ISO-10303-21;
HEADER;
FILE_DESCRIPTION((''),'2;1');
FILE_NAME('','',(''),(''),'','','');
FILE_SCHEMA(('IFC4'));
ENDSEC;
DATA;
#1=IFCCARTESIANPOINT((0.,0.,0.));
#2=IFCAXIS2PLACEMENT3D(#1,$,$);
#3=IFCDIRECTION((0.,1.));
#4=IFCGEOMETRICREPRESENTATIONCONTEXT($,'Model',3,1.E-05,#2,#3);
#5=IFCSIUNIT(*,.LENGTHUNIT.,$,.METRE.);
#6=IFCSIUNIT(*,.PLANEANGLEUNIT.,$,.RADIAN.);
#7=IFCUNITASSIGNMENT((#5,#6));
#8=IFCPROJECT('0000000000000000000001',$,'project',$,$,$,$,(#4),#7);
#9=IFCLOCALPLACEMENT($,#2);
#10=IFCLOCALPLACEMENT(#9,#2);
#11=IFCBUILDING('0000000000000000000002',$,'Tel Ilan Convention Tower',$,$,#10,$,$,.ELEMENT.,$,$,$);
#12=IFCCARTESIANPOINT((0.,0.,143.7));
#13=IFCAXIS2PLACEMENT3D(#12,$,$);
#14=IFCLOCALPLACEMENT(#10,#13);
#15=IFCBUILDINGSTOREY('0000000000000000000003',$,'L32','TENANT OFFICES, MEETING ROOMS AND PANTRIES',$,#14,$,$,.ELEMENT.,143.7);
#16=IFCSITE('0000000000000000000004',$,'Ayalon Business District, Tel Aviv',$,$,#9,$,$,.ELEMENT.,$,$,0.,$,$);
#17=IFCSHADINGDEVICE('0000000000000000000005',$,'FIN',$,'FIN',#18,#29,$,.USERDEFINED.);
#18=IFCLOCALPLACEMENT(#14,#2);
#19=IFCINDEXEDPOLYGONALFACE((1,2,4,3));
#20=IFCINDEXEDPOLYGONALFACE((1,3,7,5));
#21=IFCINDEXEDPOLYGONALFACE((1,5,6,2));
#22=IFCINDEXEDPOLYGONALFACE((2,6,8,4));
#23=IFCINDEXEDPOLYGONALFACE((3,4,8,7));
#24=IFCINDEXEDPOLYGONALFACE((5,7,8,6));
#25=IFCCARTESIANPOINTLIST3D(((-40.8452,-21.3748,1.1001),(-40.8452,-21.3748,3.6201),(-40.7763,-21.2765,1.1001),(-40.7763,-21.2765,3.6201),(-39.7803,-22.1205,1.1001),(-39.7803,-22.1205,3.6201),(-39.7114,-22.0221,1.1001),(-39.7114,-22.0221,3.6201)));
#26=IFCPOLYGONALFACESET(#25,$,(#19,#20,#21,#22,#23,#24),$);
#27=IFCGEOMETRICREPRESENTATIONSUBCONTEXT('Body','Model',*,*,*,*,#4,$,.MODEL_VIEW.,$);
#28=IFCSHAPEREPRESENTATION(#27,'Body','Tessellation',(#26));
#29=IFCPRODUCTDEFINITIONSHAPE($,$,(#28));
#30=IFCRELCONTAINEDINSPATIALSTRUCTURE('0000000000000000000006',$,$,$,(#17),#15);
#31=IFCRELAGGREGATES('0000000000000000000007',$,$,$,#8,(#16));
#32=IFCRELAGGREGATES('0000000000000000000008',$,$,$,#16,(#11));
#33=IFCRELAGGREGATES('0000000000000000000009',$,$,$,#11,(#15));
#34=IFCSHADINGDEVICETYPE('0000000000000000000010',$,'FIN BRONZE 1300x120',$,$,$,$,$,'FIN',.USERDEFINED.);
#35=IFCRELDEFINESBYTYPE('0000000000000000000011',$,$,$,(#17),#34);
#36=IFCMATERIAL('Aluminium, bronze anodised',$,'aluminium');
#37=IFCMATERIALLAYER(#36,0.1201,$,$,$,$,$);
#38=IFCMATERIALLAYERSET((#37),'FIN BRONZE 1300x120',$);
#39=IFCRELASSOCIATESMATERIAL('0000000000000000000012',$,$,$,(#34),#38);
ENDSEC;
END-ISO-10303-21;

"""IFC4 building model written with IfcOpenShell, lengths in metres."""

from ifc_helpers import new_model, si_unit, direction, frame, origin, origin_2d, place, context, subcontext, project, spatial, rectangle, extrude, material, layer, layer_set, type_object, element, save


model = new_model("IFC4")

# Units and contexts
model_context = context("Model", 3, precision=1e-05, world=origin(), true_north=direction((0.0, 1.0)))
body_context = subcontext(model_context, "Body", "Model", "MODEL_VIEW")
ifc_project = project(units=[si_unit("LENGTHUNIT", "METRE"), si_unit("PLANEANGLEUNIT", "RADIAN")], contexts=[model_context])

# Site, building, storey
site_placement = place(None, origin())
site = spatial("IfcSite", under=ifc_project, at=site_placement, Name="Ayalon Business District, Tel Aviv", CompositionType="ELEMENT", RefElevation=0.0)
building_placement = place(site_placement, origin())
building = spatial("IfcBuilding", under=site, at=building_placement, Name="Tel Ilan Convention Tower", CompositionType="ELEMENT")
storey_placement = place(building_placement, frame((0.0, 0.0, 143.7)))
storey = spatial("IfcBuildingStorey", under=building, at=storey_placement, Name="L32", Description="TENANT OFFICES, MEETING ROOMS AND PANTRIES", CompositionType="ELEMENT", Elevation=143.7)

# Shading device
ifc_material_1 = material(Name="Aluminium, bronze anodised", Category="aluminium")
ifc_layer_1 = layer(ifc_material_1, 0.1201)
ifc_layer_set_1 = layer_set([ifc_layer_1], Name="FIN BRONZE 1300x120")
shading_device_type = type_object("IfcShadingDeviceType", Name="FIN BRONZE 1300x120", ElementType="FIN", PredefinedType="USERDEFINED", material=ifc_layer_set_1)
for number, where, z_axis, x_axis, name in (
    (1, (-40.2783, -21.6985, 1.1001), (0.0, 0.0, 1.0), (-0.819152, 0.573576, 0.0), "FIN"),
):
    element("IfcShadingDevice", number, at=place(storey_placement, frame(where, z_axis=z_axis, x_axis=x_axis)), inside=storey, type_object=shading_device_type, Name=name, ObjectType="FIN", PredefinedType="USERDEFINED", context=body_context, shape_type="SweptSolid", body=[
        extrude(rectangle(XDim=1.3, YDim=0.1201, at=origin_2d()), origin(), (0.0, 0.0, 1.0), 2.52),
    ])

save(model, "model.ifc")
